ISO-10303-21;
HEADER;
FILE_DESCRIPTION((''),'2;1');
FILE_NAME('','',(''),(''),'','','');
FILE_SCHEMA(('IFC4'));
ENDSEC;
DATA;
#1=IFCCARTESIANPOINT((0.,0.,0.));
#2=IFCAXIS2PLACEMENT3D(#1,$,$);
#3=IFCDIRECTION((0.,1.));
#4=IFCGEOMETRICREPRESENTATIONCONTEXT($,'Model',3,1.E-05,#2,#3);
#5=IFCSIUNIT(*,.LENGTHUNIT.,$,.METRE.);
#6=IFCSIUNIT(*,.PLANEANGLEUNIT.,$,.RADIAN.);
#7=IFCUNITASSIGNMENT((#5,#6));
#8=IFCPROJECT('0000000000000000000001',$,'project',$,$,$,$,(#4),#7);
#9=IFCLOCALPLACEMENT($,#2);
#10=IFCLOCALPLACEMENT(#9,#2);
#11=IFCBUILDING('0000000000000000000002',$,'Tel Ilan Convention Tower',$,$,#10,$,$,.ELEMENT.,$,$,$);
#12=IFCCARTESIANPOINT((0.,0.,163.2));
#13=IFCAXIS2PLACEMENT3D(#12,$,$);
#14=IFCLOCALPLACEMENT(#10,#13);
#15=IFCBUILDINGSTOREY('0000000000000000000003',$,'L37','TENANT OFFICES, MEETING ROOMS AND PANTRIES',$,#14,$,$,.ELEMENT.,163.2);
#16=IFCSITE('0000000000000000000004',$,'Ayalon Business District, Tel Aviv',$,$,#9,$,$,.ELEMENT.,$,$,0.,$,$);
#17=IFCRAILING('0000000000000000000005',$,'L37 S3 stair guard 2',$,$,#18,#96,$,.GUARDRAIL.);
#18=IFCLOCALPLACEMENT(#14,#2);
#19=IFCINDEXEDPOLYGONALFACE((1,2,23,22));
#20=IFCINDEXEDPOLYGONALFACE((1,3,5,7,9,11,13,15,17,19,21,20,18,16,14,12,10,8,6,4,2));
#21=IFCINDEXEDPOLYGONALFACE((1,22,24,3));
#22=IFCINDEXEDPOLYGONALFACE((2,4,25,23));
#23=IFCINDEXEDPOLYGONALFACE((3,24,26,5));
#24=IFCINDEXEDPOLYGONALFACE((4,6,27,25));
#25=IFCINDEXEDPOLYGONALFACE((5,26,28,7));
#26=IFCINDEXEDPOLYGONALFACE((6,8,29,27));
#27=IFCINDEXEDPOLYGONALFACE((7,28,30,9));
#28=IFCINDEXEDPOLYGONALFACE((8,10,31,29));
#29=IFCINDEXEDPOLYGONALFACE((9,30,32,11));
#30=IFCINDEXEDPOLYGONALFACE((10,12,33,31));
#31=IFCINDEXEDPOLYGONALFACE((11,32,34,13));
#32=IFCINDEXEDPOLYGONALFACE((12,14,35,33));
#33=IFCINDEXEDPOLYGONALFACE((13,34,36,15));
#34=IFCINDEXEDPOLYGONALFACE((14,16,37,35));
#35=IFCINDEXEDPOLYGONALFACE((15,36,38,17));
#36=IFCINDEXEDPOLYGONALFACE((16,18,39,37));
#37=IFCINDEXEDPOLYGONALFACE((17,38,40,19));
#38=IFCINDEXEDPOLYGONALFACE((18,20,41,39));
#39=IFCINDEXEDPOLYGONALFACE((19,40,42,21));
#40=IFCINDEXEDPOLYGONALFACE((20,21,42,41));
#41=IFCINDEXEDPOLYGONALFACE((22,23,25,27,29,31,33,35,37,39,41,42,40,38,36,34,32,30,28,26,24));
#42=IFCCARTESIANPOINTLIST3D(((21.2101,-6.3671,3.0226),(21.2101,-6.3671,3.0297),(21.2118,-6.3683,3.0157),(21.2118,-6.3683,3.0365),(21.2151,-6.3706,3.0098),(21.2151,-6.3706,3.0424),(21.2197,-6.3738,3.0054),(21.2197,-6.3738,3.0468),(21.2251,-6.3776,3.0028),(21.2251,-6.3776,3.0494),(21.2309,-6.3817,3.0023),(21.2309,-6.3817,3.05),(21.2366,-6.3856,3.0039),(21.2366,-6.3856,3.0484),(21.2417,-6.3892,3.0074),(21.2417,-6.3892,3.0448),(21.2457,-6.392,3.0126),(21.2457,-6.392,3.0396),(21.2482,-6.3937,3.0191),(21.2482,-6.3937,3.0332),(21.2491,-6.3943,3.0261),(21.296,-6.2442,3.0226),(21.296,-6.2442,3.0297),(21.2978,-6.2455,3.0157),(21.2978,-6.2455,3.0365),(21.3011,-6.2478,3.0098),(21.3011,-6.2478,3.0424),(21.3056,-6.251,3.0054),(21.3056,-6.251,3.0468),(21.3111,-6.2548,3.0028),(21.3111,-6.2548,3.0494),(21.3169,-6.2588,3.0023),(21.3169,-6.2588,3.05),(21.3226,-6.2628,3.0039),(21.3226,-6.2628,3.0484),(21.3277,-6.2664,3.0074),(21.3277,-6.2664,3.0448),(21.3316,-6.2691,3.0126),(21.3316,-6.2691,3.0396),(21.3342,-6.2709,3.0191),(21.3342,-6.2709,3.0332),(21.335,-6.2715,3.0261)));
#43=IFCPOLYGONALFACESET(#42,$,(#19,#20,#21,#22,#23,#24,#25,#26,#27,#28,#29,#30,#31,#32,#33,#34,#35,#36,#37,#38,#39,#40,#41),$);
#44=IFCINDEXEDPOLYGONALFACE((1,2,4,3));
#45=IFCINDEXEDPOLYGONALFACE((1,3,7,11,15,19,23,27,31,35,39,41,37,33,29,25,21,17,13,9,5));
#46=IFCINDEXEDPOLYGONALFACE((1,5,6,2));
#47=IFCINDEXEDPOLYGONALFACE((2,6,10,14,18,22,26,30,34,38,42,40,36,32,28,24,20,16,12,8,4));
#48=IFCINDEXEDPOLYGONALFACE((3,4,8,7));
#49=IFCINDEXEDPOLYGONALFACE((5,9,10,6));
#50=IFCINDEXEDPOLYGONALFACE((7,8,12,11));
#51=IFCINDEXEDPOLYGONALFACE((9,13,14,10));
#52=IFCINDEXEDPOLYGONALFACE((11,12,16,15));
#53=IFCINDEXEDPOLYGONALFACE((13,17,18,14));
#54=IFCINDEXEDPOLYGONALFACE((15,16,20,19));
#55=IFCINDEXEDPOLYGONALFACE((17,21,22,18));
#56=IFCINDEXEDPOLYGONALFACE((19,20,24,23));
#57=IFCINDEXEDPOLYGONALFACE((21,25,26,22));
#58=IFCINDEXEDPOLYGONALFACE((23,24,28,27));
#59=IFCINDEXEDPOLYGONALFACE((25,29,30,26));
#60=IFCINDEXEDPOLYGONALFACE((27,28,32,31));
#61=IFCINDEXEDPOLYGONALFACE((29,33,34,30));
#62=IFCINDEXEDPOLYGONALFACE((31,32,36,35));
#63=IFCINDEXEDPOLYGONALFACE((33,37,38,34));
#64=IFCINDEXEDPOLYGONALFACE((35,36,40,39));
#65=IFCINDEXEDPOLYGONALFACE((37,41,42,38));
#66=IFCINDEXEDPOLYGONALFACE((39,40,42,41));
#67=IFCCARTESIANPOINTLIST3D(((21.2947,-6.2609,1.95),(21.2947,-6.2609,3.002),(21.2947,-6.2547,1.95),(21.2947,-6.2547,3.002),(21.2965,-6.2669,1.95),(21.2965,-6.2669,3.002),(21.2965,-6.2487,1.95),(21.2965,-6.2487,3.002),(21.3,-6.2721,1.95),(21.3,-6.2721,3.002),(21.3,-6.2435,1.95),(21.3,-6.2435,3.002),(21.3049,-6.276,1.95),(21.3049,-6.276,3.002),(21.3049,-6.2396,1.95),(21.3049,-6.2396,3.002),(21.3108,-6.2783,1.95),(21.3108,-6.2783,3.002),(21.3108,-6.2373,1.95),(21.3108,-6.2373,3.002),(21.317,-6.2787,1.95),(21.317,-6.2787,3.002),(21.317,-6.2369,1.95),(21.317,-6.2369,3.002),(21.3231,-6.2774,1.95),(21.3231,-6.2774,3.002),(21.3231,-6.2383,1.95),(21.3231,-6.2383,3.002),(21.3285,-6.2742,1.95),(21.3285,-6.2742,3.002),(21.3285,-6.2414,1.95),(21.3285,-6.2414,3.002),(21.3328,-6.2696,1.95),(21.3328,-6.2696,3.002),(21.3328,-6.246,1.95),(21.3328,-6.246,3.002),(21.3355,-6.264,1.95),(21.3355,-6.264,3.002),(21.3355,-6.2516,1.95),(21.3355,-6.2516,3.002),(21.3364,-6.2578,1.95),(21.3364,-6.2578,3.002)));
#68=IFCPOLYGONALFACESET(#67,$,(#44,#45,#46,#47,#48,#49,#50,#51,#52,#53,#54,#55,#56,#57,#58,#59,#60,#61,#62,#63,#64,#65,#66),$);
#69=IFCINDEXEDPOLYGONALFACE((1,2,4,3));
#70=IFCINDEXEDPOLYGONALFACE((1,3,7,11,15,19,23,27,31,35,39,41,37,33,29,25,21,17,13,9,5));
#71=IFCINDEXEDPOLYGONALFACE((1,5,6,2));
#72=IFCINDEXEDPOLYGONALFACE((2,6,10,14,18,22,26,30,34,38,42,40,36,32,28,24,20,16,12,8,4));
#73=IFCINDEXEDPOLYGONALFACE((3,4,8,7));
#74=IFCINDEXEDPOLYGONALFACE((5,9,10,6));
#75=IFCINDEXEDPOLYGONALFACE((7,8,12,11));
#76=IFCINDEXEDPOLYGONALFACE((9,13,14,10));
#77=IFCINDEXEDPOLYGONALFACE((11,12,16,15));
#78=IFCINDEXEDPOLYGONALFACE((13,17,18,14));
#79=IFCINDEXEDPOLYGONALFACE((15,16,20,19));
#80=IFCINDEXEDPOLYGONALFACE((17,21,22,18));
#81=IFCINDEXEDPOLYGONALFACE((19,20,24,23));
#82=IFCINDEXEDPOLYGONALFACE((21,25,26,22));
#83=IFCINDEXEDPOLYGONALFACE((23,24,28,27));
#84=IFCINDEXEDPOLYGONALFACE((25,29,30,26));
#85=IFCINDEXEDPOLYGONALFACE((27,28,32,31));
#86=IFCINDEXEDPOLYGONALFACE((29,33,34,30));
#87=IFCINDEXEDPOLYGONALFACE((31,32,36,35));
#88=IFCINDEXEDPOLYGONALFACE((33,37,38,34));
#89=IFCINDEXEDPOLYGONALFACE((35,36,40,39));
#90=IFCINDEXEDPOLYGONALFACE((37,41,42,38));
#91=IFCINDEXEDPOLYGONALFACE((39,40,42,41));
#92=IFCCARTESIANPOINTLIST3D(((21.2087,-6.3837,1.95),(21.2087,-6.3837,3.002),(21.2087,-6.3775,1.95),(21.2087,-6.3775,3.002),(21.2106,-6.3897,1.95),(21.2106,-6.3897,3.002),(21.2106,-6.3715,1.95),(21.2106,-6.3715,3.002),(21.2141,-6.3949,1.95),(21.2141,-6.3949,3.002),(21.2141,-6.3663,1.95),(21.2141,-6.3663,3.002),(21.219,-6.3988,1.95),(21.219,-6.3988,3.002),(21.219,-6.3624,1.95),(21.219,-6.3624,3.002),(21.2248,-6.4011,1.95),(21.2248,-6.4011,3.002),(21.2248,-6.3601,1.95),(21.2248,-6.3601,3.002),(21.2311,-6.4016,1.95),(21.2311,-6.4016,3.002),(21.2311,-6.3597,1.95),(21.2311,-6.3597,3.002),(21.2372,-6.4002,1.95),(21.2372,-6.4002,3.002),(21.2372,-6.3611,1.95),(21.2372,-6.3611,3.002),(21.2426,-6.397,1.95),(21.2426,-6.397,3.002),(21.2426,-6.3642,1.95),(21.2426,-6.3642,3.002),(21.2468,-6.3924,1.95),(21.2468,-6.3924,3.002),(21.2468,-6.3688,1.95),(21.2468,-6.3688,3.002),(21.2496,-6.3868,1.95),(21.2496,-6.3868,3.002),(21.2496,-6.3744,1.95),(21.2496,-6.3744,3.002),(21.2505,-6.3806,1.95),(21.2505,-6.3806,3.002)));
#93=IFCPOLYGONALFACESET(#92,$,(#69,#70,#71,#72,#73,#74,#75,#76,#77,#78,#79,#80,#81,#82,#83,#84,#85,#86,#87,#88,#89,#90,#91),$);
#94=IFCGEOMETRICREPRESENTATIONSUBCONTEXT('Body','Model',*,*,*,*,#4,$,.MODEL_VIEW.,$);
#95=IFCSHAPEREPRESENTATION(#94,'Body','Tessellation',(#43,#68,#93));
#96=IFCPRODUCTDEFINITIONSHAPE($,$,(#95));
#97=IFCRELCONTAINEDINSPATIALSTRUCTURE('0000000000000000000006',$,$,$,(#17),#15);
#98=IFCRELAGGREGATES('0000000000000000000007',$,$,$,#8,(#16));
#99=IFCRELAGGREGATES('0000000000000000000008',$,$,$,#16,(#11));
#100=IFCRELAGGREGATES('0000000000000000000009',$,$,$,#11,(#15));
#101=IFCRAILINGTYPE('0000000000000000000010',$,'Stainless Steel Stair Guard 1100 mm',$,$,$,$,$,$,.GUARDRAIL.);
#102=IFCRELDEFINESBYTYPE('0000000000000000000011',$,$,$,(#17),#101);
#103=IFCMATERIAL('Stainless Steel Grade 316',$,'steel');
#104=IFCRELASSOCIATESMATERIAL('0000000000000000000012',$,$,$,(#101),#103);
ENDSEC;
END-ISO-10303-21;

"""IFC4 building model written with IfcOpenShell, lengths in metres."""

from ifc_helpers import new_model, si_unit, direction, frame, origin, origin_2d, place, context, subcontext, project, spatial, circle, extrude, material, type_object, element, save


model = new_model("IFC4")

# Units and contexts
model_context = context("Model", 3, precision=1e-05, world=origin(), true_north=direction((0.0, 1.0)))
body_context = subcontext(model_context, "Body", "Model", "MODEL_VIEW")
ifc_project = project(units=[si_unit("LENGTHUNIT", "METRE"), si_unit("PLANEANGLEUNIT", "RADIAN")], contexts=[model_context])

# Site, building, storey
site_placement = place(None, origin())
site = spatial("IfcSite", under=ifc_project, at=site_placement, Name="Ayalon Business District, Tel Aviv", CompositionType="ELEMENT", RefElevation=0.0)
building_placement = place(site_placement, origin())
building = spatial("IfcBuilding", under=site, at=building_placement, Name="Tel Ilan Convention Tower", CompositionType="ELEMENT")
storey_placement = place(building_placement, frame((0.0, 0.0, 163.2)))
storey = spatial("IfcBuildingStorey", under=building, at=storey_placement, Name="L37", Description="TENANT OFFICES, MEETING ROOMS AND PANTRIES", CompositionType="ELEMENT", Elevation=163.2)

# Railing
ifc_material_1 = material(Name="Stainless Steel Grade 316", Category="steel")
railing_type_1 = type_object("IfcRailingType", Name="Stainless Steel Stair Guard 1100 mm", PredefinedType="GUARDRAIL", material=ifc_material_1)
railing_1_placement = place(storey_placement, frame((21.3154, -6.2578, 1.95)))
element("IfcRailing", 1, at=railing_1_placement, inside=storey, type_object=railing_type_1, Name="L37 S3 stair guard 2", PredefinedType="GUARDRAIL", context=body_context, shape_type="SweptSolid", body=[
    extrude(circle(Radius=0.0239, at=origin_2d()), frame((0.0, 0.0, 1.0762), z_axis=(-0.573353, -0.819308, 0.0), x_axis=(0.819308, -0.573353, 0.0)), (0.0, 0.0, 1.0), 0.1499),
    extrude(circle(Radius=0.021, at=origin_2d()), origin(), (0.0, 0.0, 1.0), 1.052),
    extrude(circle(Radius=0.021, at=origin_2d()), frame((-0.0859, -0.1228, 0.0)), (0.0, 0.0, 1.0), 1.052),
])

save(model, "model.ifc")
